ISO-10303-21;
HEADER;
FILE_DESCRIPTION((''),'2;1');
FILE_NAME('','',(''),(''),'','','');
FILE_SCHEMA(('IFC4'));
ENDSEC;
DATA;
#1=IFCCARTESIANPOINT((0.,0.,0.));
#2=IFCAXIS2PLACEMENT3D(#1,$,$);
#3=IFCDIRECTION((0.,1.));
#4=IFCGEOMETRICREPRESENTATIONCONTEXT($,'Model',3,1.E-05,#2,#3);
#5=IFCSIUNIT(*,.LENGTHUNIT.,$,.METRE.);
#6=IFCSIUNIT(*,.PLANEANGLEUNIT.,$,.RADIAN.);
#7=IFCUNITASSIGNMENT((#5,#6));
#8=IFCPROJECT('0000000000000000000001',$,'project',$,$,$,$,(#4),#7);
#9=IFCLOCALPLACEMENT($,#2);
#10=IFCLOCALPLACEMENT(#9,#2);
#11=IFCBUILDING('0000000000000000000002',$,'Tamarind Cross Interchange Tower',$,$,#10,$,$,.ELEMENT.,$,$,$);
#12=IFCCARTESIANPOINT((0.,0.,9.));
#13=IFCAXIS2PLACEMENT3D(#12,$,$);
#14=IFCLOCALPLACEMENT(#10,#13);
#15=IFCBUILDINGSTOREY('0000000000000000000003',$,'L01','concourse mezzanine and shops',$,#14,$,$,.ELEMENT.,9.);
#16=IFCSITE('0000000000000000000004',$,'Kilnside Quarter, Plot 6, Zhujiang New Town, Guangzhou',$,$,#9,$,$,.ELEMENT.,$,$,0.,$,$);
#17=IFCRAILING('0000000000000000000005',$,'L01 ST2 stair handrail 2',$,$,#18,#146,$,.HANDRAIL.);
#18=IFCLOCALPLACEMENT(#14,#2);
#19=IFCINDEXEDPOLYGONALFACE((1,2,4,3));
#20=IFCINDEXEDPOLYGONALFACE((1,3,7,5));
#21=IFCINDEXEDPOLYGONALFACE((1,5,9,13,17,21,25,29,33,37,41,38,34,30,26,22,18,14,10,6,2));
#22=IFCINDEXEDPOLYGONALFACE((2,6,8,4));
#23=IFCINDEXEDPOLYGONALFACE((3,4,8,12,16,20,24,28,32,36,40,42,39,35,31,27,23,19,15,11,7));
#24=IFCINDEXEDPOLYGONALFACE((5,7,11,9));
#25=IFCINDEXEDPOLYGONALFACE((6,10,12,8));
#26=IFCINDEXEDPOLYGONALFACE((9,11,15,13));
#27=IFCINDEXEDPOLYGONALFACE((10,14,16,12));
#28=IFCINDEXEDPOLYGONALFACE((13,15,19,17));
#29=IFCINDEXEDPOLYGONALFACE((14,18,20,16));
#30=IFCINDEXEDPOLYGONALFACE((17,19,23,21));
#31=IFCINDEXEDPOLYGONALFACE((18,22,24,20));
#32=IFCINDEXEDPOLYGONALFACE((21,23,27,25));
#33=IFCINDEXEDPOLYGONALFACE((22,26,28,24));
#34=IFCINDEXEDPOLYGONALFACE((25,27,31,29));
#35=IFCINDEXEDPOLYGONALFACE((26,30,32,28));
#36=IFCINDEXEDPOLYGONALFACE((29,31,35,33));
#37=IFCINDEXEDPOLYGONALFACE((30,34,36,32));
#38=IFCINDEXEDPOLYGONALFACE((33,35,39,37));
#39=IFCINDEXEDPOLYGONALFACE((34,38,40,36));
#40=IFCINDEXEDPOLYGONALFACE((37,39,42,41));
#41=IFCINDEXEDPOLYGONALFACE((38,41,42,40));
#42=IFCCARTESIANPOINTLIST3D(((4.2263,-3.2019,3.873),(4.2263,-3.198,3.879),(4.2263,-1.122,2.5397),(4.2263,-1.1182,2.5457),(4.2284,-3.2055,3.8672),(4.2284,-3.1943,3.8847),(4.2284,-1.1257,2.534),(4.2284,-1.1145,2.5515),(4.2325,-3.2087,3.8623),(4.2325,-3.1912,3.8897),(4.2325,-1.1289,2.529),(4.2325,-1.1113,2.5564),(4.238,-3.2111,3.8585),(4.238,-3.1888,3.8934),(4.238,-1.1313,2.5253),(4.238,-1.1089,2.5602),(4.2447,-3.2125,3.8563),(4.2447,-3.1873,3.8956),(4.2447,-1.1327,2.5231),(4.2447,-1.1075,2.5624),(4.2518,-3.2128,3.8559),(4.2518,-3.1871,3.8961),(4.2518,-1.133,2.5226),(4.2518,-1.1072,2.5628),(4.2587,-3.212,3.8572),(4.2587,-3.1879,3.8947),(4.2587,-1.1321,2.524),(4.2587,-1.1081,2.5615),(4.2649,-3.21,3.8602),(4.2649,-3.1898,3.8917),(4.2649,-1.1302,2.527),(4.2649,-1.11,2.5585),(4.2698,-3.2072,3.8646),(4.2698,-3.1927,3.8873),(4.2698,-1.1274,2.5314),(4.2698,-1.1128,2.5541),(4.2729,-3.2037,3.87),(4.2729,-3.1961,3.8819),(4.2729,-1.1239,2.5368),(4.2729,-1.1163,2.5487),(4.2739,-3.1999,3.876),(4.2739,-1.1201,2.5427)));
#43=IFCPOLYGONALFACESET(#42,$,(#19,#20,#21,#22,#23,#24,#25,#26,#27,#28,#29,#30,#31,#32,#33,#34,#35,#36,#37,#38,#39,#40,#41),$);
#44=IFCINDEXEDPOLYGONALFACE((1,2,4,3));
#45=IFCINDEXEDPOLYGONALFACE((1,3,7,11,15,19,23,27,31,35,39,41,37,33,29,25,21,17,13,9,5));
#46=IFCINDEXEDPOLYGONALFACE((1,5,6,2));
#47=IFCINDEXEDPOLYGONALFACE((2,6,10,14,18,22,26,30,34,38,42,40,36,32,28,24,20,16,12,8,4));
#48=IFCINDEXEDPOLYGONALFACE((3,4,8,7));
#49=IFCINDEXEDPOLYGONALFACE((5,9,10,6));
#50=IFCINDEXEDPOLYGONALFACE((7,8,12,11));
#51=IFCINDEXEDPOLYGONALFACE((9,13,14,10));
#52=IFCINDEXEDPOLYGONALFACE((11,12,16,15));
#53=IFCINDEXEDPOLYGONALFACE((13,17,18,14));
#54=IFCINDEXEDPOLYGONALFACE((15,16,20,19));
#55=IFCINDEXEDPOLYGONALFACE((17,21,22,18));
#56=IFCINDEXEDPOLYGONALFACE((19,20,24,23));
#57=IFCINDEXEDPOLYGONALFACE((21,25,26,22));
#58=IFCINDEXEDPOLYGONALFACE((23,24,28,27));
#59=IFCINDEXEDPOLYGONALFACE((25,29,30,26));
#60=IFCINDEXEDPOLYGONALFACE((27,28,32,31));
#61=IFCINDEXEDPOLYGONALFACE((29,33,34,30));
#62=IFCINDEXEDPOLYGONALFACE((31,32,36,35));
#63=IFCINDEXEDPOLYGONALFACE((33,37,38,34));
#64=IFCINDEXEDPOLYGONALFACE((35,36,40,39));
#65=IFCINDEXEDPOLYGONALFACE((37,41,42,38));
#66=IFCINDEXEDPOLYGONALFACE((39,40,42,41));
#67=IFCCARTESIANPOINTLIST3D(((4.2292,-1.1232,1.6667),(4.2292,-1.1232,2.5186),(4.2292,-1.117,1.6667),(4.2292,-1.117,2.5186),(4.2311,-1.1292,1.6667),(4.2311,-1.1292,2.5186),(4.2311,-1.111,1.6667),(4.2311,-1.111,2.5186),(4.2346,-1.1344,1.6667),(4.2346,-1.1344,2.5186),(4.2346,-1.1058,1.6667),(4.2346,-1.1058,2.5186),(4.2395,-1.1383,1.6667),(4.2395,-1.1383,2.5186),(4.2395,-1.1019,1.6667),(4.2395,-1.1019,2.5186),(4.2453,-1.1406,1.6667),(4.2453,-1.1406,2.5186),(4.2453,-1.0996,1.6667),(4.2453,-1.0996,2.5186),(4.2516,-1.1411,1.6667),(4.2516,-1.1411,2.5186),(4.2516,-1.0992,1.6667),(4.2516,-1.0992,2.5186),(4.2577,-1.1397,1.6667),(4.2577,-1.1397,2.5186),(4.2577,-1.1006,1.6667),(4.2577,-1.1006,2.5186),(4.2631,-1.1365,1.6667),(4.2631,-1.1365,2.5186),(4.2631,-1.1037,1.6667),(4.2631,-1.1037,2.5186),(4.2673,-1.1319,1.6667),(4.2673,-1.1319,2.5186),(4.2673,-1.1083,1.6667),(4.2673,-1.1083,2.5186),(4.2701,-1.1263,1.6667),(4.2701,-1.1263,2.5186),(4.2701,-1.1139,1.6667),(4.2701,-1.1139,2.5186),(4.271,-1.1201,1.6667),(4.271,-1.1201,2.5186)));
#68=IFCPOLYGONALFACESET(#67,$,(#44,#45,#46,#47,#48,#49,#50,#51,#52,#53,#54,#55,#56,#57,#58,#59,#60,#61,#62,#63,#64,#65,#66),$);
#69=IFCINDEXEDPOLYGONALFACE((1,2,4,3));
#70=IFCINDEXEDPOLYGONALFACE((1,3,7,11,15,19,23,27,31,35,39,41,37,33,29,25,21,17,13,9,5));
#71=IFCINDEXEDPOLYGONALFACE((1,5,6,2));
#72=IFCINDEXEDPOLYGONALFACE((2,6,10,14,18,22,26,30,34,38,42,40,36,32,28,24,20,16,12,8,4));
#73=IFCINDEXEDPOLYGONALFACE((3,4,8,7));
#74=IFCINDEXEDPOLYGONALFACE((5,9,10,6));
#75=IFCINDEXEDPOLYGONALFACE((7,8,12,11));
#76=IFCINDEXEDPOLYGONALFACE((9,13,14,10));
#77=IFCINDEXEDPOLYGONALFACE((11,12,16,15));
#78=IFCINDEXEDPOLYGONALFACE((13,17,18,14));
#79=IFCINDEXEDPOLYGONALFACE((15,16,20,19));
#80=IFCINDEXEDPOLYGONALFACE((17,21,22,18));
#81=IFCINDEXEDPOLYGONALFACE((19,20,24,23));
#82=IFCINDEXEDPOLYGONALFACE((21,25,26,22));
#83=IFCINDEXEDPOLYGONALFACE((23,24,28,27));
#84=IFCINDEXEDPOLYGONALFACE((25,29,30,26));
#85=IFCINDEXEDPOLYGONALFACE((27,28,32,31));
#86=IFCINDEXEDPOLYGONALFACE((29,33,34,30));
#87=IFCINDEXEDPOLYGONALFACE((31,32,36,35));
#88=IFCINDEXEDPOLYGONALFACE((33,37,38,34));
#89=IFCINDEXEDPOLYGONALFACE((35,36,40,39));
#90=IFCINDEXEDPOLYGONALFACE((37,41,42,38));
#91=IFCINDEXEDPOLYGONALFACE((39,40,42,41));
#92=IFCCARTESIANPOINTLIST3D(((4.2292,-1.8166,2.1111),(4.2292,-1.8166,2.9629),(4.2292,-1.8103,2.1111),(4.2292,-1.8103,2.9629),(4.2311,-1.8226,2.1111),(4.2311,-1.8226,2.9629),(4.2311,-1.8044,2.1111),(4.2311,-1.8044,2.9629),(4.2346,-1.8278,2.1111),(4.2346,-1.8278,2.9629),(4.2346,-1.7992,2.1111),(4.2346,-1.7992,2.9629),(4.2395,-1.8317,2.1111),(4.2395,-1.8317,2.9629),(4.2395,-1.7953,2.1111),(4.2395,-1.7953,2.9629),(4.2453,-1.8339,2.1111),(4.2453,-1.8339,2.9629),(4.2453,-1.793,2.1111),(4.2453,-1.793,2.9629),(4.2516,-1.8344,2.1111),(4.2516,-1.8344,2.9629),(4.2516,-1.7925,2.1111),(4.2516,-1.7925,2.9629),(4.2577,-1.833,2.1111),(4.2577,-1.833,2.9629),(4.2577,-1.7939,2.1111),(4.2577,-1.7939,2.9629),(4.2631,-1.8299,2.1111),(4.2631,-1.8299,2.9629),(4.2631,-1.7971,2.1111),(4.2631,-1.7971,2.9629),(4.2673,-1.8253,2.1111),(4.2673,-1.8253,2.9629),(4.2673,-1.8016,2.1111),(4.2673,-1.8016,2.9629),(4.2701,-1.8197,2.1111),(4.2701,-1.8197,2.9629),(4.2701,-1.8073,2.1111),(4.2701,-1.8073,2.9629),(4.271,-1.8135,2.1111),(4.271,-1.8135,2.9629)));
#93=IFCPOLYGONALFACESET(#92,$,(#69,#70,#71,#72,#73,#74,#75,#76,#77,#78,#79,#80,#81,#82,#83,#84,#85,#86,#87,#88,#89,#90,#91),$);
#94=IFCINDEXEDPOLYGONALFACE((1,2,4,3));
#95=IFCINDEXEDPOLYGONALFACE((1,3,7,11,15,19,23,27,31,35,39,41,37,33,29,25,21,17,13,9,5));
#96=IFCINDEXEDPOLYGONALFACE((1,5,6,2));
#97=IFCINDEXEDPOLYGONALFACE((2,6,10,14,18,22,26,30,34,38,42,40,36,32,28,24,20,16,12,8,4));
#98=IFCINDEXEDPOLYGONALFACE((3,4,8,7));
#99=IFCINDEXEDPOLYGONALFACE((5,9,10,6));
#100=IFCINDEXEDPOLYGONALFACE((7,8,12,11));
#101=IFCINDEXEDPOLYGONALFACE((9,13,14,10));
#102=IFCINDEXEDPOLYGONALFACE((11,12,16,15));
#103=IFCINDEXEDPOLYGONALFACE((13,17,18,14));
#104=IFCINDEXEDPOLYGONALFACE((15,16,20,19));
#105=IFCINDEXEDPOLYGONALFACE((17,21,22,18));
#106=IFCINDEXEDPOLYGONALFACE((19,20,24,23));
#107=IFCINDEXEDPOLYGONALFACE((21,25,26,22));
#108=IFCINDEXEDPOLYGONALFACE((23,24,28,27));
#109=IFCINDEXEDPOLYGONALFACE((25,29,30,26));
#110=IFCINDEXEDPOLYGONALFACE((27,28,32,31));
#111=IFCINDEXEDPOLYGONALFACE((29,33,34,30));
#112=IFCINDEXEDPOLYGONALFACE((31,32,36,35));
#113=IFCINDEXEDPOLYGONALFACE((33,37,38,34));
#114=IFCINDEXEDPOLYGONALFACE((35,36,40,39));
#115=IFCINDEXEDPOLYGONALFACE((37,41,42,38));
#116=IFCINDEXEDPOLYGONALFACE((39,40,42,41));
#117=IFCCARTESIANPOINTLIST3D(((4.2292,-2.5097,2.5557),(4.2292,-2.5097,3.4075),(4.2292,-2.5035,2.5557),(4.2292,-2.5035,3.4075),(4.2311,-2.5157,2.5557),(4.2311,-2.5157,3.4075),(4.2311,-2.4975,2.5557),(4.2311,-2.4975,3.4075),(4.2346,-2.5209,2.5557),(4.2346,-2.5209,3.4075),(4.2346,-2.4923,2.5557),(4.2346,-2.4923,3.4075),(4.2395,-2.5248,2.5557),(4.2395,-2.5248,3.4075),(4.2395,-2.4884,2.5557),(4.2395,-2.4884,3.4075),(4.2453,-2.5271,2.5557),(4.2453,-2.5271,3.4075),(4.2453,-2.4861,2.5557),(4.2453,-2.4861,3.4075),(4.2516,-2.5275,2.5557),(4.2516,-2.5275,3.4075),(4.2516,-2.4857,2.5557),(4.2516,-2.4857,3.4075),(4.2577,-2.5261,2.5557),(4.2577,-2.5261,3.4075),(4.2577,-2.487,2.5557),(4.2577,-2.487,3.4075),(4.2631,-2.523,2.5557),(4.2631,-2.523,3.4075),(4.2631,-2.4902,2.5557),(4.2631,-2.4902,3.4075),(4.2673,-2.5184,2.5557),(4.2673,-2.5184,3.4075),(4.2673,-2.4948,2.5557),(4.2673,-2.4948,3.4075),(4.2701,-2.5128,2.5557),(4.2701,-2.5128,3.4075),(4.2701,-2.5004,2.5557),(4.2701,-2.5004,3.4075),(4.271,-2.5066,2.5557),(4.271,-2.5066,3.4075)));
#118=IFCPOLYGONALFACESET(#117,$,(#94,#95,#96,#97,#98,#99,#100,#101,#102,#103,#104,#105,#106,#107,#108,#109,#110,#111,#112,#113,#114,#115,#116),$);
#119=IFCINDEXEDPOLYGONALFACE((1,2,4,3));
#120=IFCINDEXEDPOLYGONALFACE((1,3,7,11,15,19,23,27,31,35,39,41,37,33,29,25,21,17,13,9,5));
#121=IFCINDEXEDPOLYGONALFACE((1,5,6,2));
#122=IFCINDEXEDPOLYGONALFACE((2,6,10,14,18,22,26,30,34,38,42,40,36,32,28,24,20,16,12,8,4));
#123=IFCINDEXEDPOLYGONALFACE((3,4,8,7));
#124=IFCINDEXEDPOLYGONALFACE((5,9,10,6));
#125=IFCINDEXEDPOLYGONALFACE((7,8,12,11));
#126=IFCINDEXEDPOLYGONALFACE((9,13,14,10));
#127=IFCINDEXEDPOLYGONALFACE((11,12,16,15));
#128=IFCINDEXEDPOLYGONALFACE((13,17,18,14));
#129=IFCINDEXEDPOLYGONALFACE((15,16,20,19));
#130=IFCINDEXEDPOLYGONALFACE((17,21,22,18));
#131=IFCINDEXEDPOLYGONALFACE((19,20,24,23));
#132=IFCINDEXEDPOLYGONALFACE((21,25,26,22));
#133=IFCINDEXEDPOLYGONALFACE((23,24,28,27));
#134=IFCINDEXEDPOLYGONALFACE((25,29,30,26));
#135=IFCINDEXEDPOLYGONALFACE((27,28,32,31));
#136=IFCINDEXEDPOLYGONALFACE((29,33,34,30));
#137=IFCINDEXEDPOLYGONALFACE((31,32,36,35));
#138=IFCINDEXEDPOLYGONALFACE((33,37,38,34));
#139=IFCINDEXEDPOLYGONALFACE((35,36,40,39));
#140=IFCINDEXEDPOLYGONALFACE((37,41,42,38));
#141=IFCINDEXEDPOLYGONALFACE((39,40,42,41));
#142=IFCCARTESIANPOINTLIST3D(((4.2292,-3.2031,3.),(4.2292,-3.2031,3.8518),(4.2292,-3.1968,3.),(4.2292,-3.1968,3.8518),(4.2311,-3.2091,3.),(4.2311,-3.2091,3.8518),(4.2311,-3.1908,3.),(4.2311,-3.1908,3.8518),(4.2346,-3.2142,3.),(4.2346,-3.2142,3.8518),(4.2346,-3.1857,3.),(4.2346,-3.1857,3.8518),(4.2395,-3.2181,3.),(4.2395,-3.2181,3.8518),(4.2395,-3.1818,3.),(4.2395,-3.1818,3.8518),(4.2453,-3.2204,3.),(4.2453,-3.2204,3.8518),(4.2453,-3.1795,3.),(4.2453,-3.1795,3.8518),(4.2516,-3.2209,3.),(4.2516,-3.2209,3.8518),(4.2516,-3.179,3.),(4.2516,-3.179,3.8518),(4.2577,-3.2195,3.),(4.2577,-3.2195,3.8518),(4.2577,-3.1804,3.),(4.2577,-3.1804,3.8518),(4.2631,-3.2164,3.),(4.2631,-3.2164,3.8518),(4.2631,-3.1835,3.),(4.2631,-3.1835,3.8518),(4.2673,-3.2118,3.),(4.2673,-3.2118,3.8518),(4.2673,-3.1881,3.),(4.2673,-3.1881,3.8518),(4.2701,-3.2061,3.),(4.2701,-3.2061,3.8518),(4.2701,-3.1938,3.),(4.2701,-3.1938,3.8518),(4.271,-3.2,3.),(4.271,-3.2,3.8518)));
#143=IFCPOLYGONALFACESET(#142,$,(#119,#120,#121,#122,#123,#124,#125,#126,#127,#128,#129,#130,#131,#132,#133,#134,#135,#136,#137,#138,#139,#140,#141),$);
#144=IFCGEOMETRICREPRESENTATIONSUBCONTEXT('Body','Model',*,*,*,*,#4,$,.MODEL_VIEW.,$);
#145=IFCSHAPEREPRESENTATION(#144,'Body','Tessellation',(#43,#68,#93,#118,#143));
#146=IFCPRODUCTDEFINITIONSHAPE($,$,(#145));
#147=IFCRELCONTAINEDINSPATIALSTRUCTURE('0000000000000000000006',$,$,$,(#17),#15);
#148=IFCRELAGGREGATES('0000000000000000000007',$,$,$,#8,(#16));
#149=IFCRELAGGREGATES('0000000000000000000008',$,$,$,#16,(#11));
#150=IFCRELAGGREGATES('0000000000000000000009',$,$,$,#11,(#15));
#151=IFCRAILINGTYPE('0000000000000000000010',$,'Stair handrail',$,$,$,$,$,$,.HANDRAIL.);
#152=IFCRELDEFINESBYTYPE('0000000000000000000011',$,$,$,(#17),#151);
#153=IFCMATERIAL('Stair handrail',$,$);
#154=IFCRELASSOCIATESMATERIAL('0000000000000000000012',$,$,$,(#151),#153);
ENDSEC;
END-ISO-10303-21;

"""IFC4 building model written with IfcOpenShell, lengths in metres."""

from ifc_helpers import new_model, si_unit, direction, frame, origin, origin_2d, place, context, subcontext, project, spatial, circle, extrude, material, type_object, element, save


model = new_model("IFC4")

# Units and contexts
model_context = context("Model", 3, precision=1e-05, world=origin(), true_north=direction((0.0, 1.0)))
body_context = subcontext(model_context, "Body", "Model", "MODEL_VIEW")
ifc_project = project(units=[si_unit("LENGTHUNIT", "METRE"), si_unit("PLANEANGLEUNIT", "RADIAN")], contexts=[model_context])

# Site, building, storey
site_placement = place(None, origin())
site = spatial("IfcSite", under=ifc_project, at=site_placement, Name="Kilnside Quarter, Plot 6, Zhujiang New Town, Guangzhou", CompositionType="ELEMENT", RefElevation=0.0)
building_placement = place(site_placement, origin())
building = spatial("IfcBuilding", under=site, at=building_placement, Name="Tamarind Cross Interchange Tower", CompositionType="ELEMENT")
storey_placement = place(building_placement, frame((0.0, 0.0, 9.0)))
storey = spatial("IfcBuildingStorey", under=building, at=storey_placement, Name="L01", Description="concourse mezzanine and shops", CompositionType="ELEMENT", Elevation=9.0)

# Railing
ifc_material_1 = material(Name="Stair handrail")
railing_type_1 = type_object("IfcRailingType", Name="Stair handrail", PredefinedType="HANDRAIL", material=ifc_material_1)
railing_1_placement = place(storey_placement, frame((4.25, -1.1201, 1.6667)))
element("IfcRailing", 1, at=railing_1_placement, inside=storey, type_object=railing_type_1, Name="L01 ST2 stair handrail 2", PredefinedType="HANDRAIL", context=body_context, shape_type="SweptSolid", body=[
    extrude(circle(Radius=0.0239, at=origin_2d()), frame((0.0, 0.0, 0.876), z_axis=(0.0, -0.841875, 0.539673), x_axis=(1.0, 0.0, 0.0)), (0.0, 0.0, 1.0), 2.4705),
    extrude(circle(Radius=0.021, at=origin_2d()), origin(), (0.0, 0.0, 1.0), 0.8518),
    extrude(circle(Radius=0.021, at=origin_2d()), frame((0.0, -0.6934, 0.4443)), (0.0, 0.0, 1.0), 0.8518),
    extrude(circle(Radius=0.021, at=origin_2d()), frame((0.0, -1.3865, 0.8889)), (0.0, 0.0, 1.0), 0.8518),
    extrude(circle(Radius=0.021, at=origin_2d()), frame((0.0, -2.0798, 1.3333)), (0.0, 0.0, 1.0), 0.8518),
])

save(model, "model.ifc")
